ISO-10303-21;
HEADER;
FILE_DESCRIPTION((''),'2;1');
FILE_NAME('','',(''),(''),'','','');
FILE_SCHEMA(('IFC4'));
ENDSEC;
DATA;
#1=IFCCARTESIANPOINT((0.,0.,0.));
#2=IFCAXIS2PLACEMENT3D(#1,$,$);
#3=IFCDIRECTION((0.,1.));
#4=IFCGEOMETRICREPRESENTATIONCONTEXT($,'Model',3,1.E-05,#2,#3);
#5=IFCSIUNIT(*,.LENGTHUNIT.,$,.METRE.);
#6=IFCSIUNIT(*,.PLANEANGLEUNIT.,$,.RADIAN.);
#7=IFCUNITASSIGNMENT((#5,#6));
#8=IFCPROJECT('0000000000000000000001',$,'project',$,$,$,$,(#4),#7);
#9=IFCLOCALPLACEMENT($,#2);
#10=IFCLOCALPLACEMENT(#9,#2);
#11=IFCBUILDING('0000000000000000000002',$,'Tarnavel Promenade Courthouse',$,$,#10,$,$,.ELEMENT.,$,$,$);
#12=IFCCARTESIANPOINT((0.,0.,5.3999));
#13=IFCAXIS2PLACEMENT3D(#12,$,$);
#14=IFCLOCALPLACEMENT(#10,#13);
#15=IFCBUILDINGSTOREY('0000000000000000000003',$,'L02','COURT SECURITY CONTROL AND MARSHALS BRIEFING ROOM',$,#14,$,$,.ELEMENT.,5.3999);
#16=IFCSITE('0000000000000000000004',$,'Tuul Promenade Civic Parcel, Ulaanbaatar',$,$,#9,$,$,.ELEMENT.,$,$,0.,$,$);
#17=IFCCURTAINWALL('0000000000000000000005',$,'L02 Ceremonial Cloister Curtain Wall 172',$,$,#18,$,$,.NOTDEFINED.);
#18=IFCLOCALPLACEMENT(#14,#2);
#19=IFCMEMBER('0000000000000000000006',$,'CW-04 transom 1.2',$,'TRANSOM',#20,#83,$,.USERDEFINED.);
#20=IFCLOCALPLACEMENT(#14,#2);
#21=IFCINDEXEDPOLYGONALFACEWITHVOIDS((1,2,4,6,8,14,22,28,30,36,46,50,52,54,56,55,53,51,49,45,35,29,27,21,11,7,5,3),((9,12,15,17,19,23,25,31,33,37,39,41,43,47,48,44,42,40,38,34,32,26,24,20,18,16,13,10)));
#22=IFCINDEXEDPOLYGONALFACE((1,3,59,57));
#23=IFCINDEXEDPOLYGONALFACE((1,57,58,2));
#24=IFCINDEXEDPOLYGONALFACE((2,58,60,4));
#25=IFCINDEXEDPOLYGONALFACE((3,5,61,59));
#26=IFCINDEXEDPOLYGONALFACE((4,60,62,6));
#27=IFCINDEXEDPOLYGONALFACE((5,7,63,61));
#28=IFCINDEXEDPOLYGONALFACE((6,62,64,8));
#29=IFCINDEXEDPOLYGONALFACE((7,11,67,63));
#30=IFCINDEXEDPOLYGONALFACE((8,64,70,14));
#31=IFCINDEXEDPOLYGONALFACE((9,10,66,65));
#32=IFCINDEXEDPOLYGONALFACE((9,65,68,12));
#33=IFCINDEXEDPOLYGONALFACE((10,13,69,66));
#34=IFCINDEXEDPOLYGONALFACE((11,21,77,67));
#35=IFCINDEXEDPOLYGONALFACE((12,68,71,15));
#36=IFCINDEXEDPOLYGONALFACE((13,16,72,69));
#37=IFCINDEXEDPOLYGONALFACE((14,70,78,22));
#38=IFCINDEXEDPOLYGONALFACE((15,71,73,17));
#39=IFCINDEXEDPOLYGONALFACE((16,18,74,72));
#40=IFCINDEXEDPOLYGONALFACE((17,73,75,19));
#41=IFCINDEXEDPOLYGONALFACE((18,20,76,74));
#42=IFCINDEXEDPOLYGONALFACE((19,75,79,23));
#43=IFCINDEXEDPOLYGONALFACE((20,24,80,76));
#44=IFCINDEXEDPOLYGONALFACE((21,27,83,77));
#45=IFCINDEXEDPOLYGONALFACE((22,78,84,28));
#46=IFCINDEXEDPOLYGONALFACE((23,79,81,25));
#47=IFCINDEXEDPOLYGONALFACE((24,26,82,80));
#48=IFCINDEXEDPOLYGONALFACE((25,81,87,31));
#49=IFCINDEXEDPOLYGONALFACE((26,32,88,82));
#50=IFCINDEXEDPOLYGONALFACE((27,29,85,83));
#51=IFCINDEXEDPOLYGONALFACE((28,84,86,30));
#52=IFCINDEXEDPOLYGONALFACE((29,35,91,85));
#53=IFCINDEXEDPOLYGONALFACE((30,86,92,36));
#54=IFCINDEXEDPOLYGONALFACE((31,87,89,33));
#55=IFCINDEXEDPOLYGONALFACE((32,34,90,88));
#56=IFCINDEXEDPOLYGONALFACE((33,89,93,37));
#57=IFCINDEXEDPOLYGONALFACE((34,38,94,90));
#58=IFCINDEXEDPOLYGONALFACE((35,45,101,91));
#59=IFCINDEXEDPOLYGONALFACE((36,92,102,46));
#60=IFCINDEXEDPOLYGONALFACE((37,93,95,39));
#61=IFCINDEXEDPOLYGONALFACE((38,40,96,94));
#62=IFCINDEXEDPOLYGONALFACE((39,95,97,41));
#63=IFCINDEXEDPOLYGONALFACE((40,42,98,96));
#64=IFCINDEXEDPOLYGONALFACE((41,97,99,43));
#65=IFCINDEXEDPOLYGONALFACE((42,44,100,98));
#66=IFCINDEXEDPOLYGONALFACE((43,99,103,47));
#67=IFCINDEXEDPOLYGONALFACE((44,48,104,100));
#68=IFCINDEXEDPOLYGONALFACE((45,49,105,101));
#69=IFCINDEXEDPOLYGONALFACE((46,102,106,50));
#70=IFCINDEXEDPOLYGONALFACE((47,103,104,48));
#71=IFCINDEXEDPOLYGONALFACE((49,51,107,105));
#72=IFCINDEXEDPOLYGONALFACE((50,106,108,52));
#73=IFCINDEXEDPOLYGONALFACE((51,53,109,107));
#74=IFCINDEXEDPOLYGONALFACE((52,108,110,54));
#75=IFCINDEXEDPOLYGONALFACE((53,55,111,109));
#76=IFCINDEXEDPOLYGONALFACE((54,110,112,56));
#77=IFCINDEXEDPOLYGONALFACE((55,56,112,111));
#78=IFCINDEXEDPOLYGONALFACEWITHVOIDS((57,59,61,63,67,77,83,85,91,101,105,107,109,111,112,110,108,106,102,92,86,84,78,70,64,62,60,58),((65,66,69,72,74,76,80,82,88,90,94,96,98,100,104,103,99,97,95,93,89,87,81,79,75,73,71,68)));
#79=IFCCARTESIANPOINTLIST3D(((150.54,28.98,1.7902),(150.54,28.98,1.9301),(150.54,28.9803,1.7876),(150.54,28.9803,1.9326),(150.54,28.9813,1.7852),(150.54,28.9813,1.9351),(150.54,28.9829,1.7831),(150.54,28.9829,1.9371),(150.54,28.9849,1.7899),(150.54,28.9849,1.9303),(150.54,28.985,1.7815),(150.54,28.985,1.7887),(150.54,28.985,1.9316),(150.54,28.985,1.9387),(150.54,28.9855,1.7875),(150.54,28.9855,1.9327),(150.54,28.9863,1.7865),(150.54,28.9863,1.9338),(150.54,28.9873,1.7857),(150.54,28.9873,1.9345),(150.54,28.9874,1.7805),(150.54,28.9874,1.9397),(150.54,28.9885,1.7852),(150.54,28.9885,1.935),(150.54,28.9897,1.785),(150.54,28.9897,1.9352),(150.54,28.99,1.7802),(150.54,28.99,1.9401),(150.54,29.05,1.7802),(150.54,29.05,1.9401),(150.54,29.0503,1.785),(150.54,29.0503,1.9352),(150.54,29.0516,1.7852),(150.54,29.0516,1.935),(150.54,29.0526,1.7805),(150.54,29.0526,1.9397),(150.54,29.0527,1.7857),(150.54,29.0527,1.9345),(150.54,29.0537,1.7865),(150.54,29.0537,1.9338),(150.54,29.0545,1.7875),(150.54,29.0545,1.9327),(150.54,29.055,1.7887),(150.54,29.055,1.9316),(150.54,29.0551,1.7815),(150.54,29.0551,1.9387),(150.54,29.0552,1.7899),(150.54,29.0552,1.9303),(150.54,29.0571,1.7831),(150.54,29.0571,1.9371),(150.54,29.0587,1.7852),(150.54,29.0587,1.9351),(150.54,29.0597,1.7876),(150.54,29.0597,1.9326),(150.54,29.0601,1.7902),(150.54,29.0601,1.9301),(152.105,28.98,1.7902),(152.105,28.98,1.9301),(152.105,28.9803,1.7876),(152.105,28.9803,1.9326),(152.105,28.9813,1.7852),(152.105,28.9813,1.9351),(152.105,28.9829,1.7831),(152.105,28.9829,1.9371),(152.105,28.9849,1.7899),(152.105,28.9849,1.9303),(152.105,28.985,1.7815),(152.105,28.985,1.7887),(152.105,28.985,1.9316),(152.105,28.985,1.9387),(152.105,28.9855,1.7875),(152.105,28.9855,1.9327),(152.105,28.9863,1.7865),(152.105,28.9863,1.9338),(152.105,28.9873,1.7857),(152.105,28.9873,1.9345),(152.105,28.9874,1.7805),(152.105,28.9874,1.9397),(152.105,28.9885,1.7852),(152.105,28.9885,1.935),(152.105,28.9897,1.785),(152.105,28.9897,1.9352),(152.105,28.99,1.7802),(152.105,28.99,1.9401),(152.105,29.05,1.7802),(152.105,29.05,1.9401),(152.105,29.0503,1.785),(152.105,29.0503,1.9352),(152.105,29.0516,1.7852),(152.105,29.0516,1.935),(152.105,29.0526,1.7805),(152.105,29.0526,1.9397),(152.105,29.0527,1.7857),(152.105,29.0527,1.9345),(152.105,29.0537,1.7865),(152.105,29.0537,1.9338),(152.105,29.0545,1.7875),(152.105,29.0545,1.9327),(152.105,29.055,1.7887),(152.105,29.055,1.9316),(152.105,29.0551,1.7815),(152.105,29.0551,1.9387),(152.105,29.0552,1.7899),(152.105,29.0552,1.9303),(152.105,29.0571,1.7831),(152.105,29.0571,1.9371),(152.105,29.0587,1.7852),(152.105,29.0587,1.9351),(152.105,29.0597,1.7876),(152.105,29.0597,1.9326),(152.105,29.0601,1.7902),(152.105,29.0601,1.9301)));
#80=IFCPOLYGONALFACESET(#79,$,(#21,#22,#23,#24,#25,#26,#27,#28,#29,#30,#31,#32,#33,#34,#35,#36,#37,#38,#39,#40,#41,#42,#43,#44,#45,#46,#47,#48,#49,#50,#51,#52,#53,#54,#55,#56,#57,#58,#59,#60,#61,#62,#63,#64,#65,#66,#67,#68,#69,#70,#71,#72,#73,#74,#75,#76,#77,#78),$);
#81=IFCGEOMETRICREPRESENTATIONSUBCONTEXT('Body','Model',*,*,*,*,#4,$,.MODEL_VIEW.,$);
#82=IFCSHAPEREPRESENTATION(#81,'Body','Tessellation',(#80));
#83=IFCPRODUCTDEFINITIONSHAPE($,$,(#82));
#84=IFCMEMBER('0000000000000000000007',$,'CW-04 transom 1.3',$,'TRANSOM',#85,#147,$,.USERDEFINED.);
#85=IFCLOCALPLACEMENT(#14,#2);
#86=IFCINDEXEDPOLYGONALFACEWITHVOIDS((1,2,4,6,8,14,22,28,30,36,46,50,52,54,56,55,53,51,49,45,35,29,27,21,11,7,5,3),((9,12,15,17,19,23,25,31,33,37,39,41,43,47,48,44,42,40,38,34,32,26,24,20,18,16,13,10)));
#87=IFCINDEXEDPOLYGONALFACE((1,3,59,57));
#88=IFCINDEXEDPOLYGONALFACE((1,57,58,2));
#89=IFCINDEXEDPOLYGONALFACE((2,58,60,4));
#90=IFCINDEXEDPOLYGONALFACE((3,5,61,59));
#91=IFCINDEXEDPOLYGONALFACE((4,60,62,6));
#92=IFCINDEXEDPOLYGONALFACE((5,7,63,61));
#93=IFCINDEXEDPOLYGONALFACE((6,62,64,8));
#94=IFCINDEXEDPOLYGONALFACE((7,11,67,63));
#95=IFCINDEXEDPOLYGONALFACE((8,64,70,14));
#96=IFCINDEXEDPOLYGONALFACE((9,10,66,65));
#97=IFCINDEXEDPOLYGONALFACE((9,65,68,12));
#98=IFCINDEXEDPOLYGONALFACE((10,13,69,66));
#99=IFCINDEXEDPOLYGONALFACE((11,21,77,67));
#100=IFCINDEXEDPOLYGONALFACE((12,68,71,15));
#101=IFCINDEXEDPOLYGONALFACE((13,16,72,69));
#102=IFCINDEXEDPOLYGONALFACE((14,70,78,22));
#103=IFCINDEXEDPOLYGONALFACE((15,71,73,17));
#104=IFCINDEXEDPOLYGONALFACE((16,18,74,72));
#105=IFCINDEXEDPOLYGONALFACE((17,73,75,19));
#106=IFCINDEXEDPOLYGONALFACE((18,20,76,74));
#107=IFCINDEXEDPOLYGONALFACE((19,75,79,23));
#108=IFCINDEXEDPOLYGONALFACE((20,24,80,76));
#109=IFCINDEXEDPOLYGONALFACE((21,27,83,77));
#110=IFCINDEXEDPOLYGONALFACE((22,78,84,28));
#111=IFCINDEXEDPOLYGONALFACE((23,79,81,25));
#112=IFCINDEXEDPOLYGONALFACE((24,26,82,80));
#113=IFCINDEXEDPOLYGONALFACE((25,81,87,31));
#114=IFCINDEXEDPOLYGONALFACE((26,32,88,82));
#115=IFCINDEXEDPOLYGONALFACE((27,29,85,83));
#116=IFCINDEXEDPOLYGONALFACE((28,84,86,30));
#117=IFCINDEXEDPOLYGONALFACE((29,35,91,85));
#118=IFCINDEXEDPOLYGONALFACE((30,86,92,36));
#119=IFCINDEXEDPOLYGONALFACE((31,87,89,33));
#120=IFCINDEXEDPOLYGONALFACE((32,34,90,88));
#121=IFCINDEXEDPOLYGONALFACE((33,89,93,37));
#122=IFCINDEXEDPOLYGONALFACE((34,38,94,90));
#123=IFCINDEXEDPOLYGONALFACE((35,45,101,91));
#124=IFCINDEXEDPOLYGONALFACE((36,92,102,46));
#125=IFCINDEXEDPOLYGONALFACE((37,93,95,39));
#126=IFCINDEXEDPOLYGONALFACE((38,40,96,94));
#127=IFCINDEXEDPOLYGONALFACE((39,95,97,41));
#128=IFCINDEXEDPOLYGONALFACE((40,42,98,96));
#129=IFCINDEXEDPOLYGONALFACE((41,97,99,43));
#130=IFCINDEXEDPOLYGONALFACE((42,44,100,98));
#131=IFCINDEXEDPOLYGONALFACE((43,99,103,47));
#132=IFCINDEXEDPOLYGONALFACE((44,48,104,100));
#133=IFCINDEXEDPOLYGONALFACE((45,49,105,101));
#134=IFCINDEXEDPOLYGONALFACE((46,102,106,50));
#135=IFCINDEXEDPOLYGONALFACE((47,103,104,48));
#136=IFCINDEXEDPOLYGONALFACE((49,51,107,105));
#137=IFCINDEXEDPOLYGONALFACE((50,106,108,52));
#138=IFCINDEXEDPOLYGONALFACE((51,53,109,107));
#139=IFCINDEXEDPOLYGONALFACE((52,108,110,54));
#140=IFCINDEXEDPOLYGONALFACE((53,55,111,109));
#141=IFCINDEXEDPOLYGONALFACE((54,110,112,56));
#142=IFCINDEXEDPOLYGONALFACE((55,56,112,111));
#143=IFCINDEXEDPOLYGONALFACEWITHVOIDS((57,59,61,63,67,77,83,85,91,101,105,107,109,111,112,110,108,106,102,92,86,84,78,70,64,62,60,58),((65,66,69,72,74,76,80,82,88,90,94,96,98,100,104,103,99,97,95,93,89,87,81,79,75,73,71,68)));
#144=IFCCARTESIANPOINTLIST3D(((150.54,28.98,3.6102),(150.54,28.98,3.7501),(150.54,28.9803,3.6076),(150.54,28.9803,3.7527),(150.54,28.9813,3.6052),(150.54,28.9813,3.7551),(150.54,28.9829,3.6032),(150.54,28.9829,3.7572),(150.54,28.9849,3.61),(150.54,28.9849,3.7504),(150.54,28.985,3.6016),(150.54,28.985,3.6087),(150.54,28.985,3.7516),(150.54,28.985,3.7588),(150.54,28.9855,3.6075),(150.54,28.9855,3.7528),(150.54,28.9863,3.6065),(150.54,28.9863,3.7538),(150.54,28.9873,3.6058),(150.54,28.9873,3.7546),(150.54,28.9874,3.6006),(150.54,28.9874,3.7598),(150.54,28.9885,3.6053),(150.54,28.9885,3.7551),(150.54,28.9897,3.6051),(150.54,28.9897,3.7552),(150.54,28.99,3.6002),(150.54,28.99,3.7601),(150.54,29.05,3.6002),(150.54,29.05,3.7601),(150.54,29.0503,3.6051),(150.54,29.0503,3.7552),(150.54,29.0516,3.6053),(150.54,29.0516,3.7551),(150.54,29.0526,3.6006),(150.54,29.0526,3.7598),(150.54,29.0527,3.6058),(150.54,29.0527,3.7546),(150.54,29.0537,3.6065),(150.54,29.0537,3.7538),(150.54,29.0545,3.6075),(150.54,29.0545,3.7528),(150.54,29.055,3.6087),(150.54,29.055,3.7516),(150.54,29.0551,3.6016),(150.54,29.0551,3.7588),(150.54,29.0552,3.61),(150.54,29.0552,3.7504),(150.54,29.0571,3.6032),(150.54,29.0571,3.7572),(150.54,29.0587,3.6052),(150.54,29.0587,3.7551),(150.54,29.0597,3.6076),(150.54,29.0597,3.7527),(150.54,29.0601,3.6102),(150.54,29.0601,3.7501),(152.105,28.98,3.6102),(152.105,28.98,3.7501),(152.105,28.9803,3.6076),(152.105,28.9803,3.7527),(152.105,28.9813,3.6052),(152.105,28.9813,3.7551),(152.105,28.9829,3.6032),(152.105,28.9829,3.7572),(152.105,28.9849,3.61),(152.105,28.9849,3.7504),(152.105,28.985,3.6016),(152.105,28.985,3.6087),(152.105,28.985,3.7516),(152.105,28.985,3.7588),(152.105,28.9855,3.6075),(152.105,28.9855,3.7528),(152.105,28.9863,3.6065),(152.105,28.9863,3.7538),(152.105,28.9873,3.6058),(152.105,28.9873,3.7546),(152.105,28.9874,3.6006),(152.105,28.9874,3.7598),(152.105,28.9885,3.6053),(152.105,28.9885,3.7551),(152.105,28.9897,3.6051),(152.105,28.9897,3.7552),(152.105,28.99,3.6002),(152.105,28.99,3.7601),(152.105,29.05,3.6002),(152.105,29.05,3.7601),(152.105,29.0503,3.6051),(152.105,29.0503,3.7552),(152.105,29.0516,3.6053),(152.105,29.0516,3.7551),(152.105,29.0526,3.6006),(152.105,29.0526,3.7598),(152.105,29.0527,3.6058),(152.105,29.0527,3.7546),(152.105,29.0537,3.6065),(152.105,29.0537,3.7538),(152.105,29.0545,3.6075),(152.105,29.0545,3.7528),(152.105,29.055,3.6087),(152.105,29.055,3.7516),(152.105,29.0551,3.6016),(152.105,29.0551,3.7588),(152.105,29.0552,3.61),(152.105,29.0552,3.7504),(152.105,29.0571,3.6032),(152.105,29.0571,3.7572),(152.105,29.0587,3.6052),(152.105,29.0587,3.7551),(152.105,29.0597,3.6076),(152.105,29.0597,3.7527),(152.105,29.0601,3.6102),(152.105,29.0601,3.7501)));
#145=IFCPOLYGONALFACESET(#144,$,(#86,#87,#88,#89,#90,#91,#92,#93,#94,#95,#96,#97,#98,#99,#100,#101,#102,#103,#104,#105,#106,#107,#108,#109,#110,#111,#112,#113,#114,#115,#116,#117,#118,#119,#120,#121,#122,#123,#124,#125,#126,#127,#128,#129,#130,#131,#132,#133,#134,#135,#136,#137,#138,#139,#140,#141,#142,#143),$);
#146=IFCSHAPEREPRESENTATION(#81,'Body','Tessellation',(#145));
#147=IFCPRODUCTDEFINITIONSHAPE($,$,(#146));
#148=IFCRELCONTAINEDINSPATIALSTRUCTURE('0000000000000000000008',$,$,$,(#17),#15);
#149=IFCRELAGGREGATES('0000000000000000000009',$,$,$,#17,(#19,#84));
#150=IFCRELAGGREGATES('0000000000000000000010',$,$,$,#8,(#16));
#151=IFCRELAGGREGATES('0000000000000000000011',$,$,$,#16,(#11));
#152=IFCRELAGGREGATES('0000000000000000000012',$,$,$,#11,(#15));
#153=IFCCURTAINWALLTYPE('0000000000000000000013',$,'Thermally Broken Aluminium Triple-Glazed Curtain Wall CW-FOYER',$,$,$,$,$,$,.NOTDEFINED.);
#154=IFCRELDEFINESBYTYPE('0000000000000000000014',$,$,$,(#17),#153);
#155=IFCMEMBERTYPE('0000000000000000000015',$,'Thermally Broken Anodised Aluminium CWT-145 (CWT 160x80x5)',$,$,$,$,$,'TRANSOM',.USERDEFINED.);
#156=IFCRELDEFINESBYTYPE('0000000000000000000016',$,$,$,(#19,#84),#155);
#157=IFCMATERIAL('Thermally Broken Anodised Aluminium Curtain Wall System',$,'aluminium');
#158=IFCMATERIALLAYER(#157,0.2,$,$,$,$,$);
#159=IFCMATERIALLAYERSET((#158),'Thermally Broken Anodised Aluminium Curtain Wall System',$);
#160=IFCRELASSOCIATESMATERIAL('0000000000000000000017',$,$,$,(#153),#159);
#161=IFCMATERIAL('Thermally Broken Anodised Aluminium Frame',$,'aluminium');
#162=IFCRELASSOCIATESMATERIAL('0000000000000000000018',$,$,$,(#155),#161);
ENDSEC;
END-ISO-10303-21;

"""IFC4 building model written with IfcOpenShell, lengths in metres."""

from ifc_helpers import new_model, si_unit, direction, frame, origin, origin_2d, place, context, subcontext, project, spatial, hollow_rectangle, extrude, material, layer, layer_set, material_profile, profile_set, type_object, element, aggregate, save


model = new_model("IFC4")

# Units and contexts
model_context = context("Model", 3, precision=1e-05, world=origin(), true_north=direction((0.0, 1.0)))
body_context = subcontext(model_context, "Body", "Model", "MODEL_VIEW")
ifc_project = project(units=[si_unit("LENGTHUNIT", "METRE"), si_unit("PLANEANGLEUNIT", "RADIAN")], contexts=[model_context])

# Site, building, storey
site_placement = place(None, origin())
site = spatial("IfcSite", under=ifc_project, at=site_placement, Name="Tuul Promenade Civic Parcel, Ulaanbaatar", CompositionType="ELEMENT", RefElevation=0.0)
building_placement = place(site_placement, origin())
building = spatial("IfcBuilding", under=site, at=building_placement, Name="Tarnavel Promenade Courthouse", CompositionType="ELEMENT")
storey_placement = place(building_placement, frame((0.0, 0.0, 5.3999)))
storey = spatial("IfcBuildingStorey", under=building, at=storey_placement, Name="L02", Description="COURT SECURITY CONTROL AND MARSHALS BRIEFING ROOM", CompositionType="ELEMENT", Elevation=5.3999)

# Curtain wall
ifc_material_1 = material(Name="Thermally Broken Anodised Aluminium Curtain Wall System", Category="aluminium")
ifc_layer_1 = layer(ifc_material_1, 0.2)
ifc_layer_set_1 = layer_set([ifc_layer_1], Name="Thermally Broken Anodised Aluminium Curtain Wall System")
curtain_wall_type = type_object("IfcCurtainWallType", Name="Thermally Broken Aluminium Triple-Glazed Curtain Wall CW-FOYER", PredefinedType="NOTDEFINED", material=ifc_layer_set_1)
ifc_material_2 = material(Name="Thermally Broken Anodised Aluminium Frame", Category="aluminium")
curtain_wall_1_placement = place(storey_placement, origin())
curtain_wall_1 = element("IfcCurtainWall", 1, at=curtain_wall_1_placement, inside=storey, type_object=curtain_wall_type, Name="L02 Ceremonial Cloister Curtain Wall 172", PredefinedType="NOTDEFINED")

# Members
ifc_material_profile_1 = material_profile(ifc_material_2, hollow_rectangle(XDim=0.0801, YDim=0.1599, WallThickness=0.0049, InnerFilletRadius=0.0049, OuterFilletRadius=0.01, at=origin_2d()), Name="CWT 160x80x5")
ifc_profile_set_1 = profile_set([ifc_material_profile_1], Name="Thermally Broken Anodised Aluminium Frame")
member_type_1 = type_object("IfcMemberType", Name="Thermally Broken Anodised Aluminium CWT-145 (CWT 160x80x5)", ElementType="TRANSOM", PredefinedType="USERDEFINED", material=ifc_profile_set_1)
member_1_placement = place(storey_placement, frame((150.54, 29.02, 1.8601), z_axis=(1.0, 0.0, 0.0), x_axis=(0.0, 1.0, 0.0)))
member_1 = element("IfcMember", 2, at=member_1_placement, type_object=member_type_1, Name="CW-04 transom 1.2", ObjectType="TRANSOM", PredefinedType="USERDEFINED", context=body_context, shape_type="SweptSolid", body=[
    extrude(hollow_rectangle(XDim=0.0801, YDim=0.1599, WallThickness=0.0049, InnerFilletRadius=0.0049, OuterFilletRadius=0.01, at=origin_2d()), origin(), (0.0, 0.0, 1.0), 1.5649),
])
member_2_placement = place(storey_placement, frame((150.54, 29.02, 3.6802), z_axis=(1.0, 0.0, 0.0), x_axis=(0.0, 1.0, 0.0)))
member_2 = element("IfcMember", 3, at=member_2_placement, type_object=member_type_1, Name="CW-04 transom 1.3", ObjectType="TRANSOM", PredefinedType="USERDEFINED", context=body_context, shape_type="SweptSolid", body=[
    extrude(hollow_rectangle(XDim=0.0801, YDim=0.1599, WallThickness=0.0049, InnerFilletRadius=0.0049, OuterFilletRadius=0.01, at=origin_2d()), origin(), (0.0, 0.0, 1.0), 1.5649),
])

aggregate(curtain_wall_1, [member_1, member_2])

save(model, "model.ifc")
